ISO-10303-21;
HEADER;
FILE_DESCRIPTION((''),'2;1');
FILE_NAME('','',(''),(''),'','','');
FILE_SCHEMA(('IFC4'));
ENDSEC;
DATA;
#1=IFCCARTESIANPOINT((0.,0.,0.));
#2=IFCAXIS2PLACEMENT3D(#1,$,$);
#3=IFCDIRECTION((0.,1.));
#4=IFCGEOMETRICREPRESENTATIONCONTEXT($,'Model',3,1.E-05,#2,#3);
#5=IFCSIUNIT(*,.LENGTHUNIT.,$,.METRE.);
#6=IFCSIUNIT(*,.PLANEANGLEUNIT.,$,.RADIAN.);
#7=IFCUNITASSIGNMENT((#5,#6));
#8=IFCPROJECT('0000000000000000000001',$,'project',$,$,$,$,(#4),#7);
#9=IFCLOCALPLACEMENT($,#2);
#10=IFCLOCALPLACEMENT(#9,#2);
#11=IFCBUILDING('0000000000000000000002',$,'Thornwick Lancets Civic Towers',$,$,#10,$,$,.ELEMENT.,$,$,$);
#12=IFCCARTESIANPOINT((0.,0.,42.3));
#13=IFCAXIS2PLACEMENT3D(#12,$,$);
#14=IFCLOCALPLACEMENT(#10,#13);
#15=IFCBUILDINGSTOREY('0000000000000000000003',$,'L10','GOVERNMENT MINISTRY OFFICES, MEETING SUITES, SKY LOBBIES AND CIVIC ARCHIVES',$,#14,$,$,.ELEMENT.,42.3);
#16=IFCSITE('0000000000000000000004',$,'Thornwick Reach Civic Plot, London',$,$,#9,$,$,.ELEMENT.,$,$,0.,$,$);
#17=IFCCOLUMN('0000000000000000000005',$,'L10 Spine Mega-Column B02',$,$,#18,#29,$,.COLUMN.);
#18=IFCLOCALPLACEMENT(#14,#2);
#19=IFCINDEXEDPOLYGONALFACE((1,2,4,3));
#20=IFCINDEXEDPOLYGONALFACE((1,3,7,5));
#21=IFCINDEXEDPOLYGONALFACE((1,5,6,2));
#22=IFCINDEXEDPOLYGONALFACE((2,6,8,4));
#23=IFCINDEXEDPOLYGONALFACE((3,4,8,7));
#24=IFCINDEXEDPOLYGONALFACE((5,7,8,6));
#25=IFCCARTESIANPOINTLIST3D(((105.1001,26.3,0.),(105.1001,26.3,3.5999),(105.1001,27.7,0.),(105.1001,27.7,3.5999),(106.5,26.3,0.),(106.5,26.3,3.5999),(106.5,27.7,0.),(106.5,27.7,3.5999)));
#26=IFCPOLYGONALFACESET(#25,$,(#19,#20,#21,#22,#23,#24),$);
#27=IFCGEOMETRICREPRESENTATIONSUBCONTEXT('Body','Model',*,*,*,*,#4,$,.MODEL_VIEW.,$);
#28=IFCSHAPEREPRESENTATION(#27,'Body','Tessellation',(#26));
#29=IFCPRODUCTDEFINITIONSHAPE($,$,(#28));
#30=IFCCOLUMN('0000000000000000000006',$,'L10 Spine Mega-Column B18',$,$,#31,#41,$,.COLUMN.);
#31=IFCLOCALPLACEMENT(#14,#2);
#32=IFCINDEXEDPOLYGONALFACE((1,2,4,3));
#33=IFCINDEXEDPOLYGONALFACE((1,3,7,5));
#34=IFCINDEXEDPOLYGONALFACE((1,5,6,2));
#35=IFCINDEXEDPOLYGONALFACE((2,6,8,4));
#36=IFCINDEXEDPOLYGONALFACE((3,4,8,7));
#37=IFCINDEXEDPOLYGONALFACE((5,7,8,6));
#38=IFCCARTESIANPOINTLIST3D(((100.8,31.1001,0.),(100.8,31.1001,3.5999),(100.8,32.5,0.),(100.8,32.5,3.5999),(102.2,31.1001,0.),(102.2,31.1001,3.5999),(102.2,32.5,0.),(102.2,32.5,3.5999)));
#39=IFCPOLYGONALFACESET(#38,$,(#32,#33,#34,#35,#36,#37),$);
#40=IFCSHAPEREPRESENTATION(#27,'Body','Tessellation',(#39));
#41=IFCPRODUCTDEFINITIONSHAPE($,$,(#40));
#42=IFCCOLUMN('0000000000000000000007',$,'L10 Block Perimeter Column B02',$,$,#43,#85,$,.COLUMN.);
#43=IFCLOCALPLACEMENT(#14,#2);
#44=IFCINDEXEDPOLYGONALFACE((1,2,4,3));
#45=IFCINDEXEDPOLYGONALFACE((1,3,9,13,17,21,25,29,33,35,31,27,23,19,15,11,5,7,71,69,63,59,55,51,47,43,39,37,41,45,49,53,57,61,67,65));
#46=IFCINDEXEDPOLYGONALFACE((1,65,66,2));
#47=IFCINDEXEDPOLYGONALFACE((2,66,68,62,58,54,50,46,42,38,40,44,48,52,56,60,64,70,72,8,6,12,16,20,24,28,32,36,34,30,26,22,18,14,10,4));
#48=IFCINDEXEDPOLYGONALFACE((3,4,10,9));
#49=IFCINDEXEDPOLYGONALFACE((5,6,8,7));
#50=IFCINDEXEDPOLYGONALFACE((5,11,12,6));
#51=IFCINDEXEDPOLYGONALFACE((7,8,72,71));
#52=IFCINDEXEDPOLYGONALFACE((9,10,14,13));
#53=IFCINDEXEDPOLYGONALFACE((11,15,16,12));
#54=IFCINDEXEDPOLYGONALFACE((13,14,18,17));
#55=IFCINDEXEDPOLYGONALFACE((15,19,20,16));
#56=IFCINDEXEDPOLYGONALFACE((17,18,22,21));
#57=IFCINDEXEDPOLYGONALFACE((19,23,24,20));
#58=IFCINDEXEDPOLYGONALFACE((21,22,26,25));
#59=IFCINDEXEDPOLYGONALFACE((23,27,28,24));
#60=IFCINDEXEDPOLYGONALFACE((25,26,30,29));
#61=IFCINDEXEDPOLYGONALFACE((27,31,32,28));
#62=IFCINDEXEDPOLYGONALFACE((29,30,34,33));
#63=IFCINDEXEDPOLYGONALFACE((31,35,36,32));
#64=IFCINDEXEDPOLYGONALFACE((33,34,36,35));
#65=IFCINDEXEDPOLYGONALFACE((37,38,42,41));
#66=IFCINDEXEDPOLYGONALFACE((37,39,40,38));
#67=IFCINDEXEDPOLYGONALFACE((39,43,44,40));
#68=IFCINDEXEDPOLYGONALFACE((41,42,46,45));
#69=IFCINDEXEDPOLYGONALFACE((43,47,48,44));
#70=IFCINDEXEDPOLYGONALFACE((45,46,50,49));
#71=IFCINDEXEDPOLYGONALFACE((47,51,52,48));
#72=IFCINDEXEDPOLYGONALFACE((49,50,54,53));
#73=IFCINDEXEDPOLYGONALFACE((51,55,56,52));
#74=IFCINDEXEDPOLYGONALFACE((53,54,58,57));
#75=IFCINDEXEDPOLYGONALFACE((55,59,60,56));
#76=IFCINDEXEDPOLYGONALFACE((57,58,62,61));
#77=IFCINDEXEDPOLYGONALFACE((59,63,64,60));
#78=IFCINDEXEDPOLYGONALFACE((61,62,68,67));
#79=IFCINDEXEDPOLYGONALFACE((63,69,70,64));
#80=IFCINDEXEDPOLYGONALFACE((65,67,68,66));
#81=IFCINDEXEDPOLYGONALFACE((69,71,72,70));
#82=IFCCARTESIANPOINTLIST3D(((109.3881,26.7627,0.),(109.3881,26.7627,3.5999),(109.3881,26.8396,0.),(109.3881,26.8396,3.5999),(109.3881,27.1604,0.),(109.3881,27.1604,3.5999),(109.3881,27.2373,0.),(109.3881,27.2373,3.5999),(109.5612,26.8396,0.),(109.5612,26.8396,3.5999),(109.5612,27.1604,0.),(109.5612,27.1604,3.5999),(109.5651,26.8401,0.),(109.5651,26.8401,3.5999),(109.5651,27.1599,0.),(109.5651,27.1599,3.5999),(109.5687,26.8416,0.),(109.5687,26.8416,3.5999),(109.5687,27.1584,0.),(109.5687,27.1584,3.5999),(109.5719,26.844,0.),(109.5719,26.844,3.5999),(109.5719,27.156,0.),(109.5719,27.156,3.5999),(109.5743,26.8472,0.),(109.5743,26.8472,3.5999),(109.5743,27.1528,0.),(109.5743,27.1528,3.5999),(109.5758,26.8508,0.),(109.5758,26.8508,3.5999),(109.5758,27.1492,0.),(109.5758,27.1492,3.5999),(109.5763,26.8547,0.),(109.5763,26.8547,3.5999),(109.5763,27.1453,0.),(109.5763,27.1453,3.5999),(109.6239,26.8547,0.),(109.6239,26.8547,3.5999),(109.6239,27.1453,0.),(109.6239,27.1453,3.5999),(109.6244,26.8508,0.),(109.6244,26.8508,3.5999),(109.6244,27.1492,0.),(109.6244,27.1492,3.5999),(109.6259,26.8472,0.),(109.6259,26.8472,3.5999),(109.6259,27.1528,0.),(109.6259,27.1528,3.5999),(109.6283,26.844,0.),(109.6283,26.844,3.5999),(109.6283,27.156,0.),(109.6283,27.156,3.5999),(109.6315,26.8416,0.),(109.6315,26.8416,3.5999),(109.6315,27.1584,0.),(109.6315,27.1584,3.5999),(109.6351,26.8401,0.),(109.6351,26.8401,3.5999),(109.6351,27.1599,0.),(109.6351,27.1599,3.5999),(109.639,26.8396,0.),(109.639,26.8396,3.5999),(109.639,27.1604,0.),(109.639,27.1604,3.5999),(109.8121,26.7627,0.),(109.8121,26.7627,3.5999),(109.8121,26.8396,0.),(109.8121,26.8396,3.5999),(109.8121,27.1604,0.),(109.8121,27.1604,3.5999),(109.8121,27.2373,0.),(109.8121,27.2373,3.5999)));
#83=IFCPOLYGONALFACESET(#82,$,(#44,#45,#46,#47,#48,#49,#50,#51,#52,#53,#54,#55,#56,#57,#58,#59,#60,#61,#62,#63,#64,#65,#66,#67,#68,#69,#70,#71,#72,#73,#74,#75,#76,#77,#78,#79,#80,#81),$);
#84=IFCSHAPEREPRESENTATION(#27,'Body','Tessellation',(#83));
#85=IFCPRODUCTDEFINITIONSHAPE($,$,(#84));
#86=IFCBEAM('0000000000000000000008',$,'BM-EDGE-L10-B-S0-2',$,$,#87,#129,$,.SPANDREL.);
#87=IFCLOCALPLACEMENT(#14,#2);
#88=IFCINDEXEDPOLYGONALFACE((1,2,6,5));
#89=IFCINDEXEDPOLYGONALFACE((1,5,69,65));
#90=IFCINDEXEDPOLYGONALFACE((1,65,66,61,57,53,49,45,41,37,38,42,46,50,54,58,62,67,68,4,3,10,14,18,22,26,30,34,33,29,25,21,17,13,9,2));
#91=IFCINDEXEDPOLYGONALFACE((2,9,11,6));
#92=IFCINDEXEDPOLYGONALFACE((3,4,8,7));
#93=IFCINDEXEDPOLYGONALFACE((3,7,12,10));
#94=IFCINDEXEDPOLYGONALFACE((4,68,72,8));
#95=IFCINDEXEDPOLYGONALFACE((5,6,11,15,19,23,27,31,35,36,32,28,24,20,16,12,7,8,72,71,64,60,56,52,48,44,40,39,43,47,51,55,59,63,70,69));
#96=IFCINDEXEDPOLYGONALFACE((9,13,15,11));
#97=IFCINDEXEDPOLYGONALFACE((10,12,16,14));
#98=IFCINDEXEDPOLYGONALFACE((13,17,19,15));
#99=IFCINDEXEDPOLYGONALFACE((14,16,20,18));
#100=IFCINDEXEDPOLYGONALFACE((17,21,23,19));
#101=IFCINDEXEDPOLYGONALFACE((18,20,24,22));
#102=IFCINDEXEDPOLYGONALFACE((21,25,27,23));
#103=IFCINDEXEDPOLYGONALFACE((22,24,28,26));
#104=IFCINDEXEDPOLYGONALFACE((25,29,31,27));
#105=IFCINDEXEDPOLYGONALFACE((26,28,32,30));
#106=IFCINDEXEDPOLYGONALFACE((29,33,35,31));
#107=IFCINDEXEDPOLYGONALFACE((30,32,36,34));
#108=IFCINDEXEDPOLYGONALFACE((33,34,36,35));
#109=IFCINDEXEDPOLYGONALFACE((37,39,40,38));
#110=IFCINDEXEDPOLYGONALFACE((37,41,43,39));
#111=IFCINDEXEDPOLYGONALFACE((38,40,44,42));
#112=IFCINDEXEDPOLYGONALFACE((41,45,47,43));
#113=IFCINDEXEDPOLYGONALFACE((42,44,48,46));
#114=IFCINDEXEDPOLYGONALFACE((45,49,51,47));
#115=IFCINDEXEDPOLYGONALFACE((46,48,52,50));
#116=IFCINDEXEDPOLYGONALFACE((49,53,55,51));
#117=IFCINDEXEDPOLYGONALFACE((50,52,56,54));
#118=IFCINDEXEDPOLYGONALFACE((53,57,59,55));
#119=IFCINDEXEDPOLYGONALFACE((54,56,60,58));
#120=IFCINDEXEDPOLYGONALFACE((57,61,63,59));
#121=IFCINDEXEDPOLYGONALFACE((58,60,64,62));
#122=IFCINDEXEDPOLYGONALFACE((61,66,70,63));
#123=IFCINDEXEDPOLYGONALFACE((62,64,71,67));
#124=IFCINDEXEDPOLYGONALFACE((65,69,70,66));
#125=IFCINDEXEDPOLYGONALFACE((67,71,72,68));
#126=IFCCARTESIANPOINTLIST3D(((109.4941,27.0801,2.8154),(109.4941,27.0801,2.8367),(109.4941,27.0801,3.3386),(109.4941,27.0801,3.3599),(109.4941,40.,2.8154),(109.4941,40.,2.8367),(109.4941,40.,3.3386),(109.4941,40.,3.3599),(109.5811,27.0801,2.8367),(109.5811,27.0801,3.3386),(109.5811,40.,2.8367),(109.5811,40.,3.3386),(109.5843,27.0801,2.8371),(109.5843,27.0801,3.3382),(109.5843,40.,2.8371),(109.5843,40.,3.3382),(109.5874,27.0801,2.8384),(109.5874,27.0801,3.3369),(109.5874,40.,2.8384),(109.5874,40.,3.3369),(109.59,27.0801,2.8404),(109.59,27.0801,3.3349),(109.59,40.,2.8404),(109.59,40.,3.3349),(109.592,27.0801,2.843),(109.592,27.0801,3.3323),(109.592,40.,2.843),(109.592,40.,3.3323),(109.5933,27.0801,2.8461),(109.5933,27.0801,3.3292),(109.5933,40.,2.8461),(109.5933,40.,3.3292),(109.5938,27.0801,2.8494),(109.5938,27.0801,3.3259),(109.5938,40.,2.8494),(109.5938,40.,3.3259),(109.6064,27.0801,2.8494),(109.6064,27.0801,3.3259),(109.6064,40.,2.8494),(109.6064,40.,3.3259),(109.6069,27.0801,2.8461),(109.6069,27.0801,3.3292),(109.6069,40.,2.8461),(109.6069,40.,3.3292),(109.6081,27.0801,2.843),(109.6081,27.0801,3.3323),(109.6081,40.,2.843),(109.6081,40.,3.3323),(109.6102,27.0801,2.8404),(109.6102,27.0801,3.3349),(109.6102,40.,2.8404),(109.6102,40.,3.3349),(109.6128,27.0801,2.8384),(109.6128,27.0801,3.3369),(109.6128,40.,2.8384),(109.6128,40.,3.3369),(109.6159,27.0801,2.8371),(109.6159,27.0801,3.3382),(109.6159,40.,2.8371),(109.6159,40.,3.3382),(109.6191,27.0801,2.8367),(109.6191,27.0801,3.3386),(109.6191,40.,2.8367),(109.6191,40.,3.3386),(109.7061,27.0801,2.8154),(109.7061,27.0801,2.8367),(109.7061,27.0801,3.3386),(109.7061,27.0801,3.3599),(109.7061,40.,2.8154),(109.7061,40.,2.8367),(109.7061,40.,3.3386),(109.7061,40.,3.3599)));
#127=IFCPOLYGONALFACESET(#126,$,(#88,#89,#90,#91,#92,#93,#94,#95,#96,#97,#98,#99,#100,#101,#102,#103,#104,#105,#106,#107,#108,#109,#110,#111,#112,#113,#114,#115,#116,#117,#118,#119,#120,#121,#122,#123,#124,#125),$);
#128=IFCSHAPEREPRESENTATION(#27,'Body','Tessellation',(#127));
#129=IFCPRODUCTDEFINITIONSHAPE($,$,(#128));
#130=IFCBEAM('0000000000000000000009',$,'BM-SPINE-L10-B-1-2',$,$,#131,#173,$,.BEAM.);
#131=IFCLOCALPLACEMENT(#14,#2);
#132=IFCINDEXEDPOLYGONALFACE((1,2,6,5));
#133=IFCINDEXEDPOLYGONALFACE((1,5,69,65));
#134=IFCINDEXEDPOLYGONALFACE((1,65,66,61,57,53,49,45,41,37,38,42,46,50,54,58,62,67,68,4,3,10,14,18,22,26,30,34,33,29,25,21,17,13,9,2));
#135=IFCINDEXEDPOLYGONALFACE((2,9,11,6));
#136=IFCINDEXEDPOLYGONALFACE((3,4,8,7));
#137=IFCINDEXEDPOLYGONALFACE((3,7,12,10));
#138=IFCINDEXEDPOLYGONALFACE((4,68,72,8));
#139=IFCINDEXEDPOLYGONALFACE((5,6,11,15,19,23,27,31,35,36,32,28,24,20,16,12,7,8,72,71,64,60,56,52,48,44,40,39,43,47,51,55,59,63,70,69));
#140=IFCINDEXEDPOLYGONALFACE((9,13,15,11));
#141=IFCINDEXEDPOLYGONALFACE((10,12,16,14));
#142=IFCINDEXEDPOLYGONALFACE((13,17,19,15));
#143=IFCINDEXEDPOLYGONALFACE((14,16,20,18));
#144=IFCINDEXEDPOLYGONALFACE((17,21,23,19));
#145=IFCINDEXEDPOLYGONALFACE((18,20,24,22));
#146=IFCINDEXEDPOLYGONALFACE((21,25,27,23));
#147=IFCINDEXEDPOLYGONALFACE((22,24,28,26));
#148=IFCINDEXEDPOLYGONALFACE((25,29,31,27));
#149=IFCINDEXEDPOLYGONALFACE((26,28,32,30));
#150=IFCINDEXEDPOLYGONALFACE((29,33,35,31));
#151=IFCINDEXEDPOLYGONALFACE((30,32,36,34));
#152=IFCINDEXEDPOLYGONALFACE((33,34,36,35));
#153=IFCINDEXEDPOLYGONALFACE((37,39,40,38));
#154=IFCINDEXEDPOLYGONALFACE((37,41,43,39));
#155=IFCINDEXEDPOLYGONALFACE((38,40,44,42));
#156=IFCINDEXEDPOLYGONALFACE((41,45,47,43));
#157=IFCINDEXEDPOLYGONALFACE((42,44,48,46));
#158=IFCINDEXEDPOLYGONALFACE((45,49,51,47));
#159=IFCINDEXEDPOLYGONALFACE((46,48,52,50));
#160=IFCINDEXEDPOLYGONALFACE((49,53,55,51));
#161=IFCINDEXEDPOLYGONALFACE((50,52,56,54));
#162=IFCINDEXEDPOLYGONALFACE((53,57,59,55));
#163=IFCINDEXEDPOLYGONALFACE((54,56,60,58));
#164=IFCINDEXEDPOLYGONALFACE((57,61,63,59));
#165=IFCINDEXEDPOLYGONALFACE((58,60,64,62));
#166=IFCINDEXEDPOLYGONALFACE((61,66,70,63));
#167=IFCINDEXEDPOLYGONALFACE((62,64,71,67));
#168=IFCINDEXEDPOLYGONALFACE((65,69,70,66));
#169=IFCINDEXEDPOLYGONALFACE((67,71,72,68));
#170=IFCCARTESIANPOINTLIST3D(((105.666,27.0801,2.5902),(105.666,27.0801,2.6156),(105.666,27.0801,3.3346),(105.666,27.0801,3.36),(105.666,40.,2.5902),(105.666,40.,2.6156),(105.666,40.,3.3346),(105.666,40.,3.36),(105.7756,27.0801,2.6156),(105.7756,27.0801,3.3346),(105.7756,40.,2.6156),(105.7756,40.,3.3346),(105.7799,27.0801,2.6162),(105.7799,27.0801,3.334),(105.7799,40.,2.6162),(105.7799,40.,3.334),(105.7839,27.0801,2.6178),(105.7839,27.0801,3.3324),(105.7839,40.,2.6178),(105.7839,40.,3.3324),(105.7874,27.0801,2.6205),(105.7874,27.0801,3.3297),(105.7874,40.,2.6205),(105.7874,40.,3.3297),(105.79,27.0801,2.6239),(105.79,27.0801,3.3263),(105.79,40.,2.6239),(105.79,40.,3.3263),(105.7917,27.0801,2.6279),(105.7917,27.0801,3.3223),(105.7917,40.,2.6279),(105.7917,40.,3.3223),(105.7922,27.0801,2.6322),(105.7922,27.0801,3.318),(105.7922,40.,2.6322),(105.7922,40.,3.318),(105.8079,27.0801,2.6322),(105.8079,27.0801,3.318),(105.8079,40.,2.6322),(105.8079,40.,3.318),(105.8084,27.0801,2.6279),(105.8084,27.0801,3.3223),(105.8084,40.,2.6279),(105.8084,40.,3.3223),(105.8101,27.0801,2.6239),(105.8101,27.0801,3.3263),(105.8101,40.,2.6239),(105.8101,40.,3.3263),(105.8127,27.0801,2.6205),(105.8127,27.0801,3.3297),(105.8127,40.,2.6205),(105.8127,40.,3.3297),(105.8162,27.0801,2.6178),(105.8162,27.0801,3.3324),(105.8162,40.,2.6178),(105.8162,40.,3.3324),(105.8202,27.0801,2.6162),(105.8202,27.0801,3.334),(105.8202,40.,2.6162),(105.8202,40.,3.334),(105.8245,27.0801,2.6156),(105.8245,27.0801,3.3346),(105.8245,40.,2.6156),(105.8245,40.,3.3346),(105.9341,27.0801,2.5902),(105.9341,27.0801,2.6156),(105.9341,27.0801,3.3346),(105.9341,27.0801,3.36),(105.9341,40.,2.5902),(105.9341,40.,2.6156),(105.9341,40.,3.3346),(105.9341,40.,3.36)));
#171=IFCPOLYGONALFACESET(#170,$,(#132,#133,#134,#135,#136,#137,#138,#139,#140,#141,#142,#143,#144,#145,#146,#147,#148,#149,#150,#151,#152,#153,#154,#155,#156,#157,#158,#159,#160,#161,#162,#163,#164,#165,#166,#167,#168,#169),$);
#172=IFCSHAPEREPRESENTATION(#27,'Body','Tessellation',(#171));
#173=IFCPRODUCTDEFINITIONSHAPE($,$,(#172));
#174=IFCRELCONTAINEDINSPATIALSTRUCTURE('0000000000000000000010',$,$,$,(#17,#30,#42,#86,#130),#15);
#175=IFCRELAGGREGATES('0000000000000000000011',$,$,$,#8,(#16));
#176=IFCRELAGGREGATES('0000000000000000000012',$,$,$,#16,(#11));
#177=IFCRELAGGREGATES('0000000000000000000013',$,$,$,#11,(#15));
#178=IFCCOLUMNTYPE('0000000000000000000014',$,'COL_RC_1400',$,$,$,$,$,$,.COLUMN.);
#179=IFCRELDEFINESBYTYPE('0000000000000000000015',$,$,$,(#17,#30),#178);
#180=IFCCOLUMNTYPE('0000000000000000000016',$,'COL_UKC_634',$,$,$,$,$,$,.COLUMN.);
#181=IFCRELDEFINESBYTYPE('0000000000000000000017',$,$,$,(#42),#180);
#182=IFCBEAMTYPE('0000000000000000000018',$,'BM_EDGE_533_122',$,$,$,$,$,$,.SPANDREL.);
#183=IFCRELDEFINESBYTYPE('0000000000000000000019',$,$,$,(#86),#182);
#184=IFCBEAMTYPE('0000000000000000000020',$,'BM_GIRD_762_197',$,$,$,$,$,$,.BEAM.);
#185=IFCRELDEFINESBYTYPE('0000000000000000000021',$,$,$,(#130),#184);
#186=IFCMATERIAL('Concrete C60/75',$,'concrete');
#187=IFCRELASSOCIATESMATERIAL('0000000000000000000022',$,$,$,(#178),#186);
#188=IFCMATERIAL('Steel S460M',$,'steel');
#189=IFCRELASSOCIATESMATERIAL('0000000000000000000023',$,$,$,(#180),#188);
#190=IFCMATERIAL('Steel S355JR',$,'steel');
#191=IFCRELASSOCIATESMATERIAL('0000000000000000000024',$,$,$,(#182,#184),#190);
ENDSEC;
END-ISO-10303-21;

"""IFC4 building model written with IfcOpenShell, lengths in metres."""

from ifc_helpers import new_model, si_unit, direction, frame, origin, origin_2d, place, context, subcontext, project, spatial, rectangle, i_section, extrude, material, material_profile, profile_set, type_object, element, save


model = new_model("IFC4")

# Units and contexts
model_context = context("Model", 3, precision=1e-05, world=origin(), true_north=direction((0.0, 1.0)))
body_context = subcontext(model_context, "Body", "Model", "MODEL_VIEW")
ifc_project = project(units=[si_unit("LENGTHUNIT", "METRE"), si_unit("PLANEANGLEUNIT", "RADIAN")], contexts=[model_context])

# Site, building, storey
site_placement = place(None, origin())
site = spatial("IfcSite", under=ifc_project, at=site_placement, Name="Thornwick Reach Civic Plot, London", CompositionType="ELEMENT", RefElevation=0.0)
building_placement = place(site_placement, origin())
building = spatial("IfcBuilding", under=site, at=building_placement, Name="Thornwick Lancets Civic Towers", CompositionType="ELEMENT")
storey_placement = place(building_placement, frame((0.0, 0.0, 42.3)))
storey = spatial("IfcBuildingStorey", under=building, at=storey_placement, Name="L10", Description="GOVERNMENT MINISTRY OFFICES, MEETING SUITES, SKY LOBBIES AND CIVIC ARCHIVES", CompositionType="ELEMENT", Elevation=42.3)

# Columns
ifc_material_1 = material(Name="Concrete C60/75", Category="concrete")
ifc_material_profile_1 = material_profile(ifc_material_1, rectangle(XDim=1.3999, YDim=1.3999, at=origin_2d()), Name="RC 1400x1400")
ifc_profile_set_1 = profile_set([ifc_material_profile_1], Name="Concrete C60/75")
column_type_1 = type_object("IfcColumnType", Name="COL_RC_1400", PredefinedType="COLUMN", material=ifc_profile_set_1)
for number, where, z_axis, x_axis, name in (
    (1, (105.8, 27.0, 0.0), (0.0, 0.0, 1.0), (1.0, 0.0, 0.0), "L10 Spine Mega-Column B02"),
    (2, (101.5, 31.8, 0.0), (0.0, 0.0, 1.0), (1.0, 0.0, 0.0), "L10 Spine Mega-Column B18"),
):
    element("IfcColumn", number, at=place(storey_placement, frame(where, z_axis=z_axis, x_axis=x_axis)), inside=storey, type_object=column_type_1, Name=name, PredefinedType="COLUMN", context=body_context, shape_type="SweptSolid", body=[
        extrude(rectangle(XDim=1.3999, YDim=1.3999, at=origin_2d()), origin(), (0.0, 0.0, 1.0), 3.5999),
    ])
ifc_material_2 = material(Name="Steel S460M", Category="steel")
ifc_material_profile_2 = material_profile(ifc_material_2, i_section(OverallWidth=0.4241, OverallDepth=0.4746, WebThickness=0.0476, FlangeThickness=0.0769, FilletRadius=0.0151, at=origin_2d()), Name="UKC 356x406x634")
ifc_profile_set_2 = profile_set([ifc_material_profile_2], Name="Steel S460M")
column_type_2 = type_object("IfcColumnType", Name="COL_UKC_634", PredefinedType="COLUMN", material=ifc_profile_set_2)
column_placement = place(storey_placement, frame((109.6001, 27.0, 0.0), z_axis=(0.0, 0.0, 1.0), x_axis=(1.0, 0.0, 0.0)))
element("IfcColumn", 3, at=column_placement, inside=storey, type_object=column_type_2, Name="L10 Block Perimeter Column B02", PredefinedType="COLUMN", context=body_context, shape_type="SweptSolid", body=[
    extrude(i_section(OverallWidth=0.4241, OverallDepth=0.4746, WebThickness=0.0476, FlangeThickness=0.0769, FilletRadius=0.0151, at=origin_2d()), origin(), (0.0, 0.0, 1.0), 3.5999),
])

# Beams
ifc_material_3 = material(Name="Steel S355JR", Category="steel")
ifc_material_profile_3 = material_profile(ifc_material_3, i_section(OverallWidth=0.2119, OverallDepth=0.5444, WebThickness=0.0127, FlangeThickness=0.0212, FilletRadius=0.0127, at=origin_2d()), Name="UKB 533x210x122")
ifc_profile_set_3 = profile_set([ifc_material_profile_3], Name="Steel S355JR")
beam_type_1 = type_object("IfcBeamType", Name="BM_EDGE_533_122", PredefinedType="SPANDREL", material=ifc_profile_set_3)
beam_1_placement = place(storey_placement, frame((109.6001, 27.0801, 3.0876), z_axis=(0.0, 1.0, 0.0), x_axis=(-1.0, 0.0, 0.0)))
element("IfcBeam", 4, at=beam_1_placement, inside=storey, type_object=beam_type_1, Name="BM-EDGE-L10-B-S0-2", PredefinedType="SPANDREL", context=body_context, shape_type="SweptSolid", body=[
    extrude(i_section(OverallWidth=0.2119, OverallDepth=0.5444, WebThickness=0.0127, FlangeThickness=0.0212, FilletRadius=0.0127, at=origin_2d()), origin(), (0.0, 0.0, 1.0), 12.9199),
])
ifc_material_profile_4 = material_profile(ifc_material_3, i_section(OverallWidth=0.2681, OverallDepth=0.7698, WebThickness=0.0156, FlangeThickness=0.0254, FilletRadius=0.0166, at=origin_2d()), Name="UKB 762x267x197")
ifc_profile_set_4 = profile_set([ifc_material_profile_4], Name="Steel S355JR")
beam_type_2 = type_object("IfcBeamType", Name="BM_GIRD_762_197", PredefinedType="BEAM", material=ifc_profile_set_4)
beam_2_placement = place(storey_placement, frame((105.8, 27.0801, 2.9751), z_axis=(0.0, 1.0, 0.0), x_axis=(-1.0, 0.0, 0.0)))
element("IfcBeam", 5, at=beam_2_placement, inside=storey, type_object=beam_type_2, Name="BM-SPINE-L10-B-1-2", PredefinedType="BEAM", context=body_context, shape_type="SweptSolid", body=[
    extrude(i_section(OverallWidth=0.2681, OverallDepth=0.7698, WebThickness=0.0156, FlangeThickness=0.0254, FilletRadius=0.0166, at=origin_2d()), origin(), (0.0, 0.0, 1.0), 12.9199),
])

save(model, "model.ifc")
